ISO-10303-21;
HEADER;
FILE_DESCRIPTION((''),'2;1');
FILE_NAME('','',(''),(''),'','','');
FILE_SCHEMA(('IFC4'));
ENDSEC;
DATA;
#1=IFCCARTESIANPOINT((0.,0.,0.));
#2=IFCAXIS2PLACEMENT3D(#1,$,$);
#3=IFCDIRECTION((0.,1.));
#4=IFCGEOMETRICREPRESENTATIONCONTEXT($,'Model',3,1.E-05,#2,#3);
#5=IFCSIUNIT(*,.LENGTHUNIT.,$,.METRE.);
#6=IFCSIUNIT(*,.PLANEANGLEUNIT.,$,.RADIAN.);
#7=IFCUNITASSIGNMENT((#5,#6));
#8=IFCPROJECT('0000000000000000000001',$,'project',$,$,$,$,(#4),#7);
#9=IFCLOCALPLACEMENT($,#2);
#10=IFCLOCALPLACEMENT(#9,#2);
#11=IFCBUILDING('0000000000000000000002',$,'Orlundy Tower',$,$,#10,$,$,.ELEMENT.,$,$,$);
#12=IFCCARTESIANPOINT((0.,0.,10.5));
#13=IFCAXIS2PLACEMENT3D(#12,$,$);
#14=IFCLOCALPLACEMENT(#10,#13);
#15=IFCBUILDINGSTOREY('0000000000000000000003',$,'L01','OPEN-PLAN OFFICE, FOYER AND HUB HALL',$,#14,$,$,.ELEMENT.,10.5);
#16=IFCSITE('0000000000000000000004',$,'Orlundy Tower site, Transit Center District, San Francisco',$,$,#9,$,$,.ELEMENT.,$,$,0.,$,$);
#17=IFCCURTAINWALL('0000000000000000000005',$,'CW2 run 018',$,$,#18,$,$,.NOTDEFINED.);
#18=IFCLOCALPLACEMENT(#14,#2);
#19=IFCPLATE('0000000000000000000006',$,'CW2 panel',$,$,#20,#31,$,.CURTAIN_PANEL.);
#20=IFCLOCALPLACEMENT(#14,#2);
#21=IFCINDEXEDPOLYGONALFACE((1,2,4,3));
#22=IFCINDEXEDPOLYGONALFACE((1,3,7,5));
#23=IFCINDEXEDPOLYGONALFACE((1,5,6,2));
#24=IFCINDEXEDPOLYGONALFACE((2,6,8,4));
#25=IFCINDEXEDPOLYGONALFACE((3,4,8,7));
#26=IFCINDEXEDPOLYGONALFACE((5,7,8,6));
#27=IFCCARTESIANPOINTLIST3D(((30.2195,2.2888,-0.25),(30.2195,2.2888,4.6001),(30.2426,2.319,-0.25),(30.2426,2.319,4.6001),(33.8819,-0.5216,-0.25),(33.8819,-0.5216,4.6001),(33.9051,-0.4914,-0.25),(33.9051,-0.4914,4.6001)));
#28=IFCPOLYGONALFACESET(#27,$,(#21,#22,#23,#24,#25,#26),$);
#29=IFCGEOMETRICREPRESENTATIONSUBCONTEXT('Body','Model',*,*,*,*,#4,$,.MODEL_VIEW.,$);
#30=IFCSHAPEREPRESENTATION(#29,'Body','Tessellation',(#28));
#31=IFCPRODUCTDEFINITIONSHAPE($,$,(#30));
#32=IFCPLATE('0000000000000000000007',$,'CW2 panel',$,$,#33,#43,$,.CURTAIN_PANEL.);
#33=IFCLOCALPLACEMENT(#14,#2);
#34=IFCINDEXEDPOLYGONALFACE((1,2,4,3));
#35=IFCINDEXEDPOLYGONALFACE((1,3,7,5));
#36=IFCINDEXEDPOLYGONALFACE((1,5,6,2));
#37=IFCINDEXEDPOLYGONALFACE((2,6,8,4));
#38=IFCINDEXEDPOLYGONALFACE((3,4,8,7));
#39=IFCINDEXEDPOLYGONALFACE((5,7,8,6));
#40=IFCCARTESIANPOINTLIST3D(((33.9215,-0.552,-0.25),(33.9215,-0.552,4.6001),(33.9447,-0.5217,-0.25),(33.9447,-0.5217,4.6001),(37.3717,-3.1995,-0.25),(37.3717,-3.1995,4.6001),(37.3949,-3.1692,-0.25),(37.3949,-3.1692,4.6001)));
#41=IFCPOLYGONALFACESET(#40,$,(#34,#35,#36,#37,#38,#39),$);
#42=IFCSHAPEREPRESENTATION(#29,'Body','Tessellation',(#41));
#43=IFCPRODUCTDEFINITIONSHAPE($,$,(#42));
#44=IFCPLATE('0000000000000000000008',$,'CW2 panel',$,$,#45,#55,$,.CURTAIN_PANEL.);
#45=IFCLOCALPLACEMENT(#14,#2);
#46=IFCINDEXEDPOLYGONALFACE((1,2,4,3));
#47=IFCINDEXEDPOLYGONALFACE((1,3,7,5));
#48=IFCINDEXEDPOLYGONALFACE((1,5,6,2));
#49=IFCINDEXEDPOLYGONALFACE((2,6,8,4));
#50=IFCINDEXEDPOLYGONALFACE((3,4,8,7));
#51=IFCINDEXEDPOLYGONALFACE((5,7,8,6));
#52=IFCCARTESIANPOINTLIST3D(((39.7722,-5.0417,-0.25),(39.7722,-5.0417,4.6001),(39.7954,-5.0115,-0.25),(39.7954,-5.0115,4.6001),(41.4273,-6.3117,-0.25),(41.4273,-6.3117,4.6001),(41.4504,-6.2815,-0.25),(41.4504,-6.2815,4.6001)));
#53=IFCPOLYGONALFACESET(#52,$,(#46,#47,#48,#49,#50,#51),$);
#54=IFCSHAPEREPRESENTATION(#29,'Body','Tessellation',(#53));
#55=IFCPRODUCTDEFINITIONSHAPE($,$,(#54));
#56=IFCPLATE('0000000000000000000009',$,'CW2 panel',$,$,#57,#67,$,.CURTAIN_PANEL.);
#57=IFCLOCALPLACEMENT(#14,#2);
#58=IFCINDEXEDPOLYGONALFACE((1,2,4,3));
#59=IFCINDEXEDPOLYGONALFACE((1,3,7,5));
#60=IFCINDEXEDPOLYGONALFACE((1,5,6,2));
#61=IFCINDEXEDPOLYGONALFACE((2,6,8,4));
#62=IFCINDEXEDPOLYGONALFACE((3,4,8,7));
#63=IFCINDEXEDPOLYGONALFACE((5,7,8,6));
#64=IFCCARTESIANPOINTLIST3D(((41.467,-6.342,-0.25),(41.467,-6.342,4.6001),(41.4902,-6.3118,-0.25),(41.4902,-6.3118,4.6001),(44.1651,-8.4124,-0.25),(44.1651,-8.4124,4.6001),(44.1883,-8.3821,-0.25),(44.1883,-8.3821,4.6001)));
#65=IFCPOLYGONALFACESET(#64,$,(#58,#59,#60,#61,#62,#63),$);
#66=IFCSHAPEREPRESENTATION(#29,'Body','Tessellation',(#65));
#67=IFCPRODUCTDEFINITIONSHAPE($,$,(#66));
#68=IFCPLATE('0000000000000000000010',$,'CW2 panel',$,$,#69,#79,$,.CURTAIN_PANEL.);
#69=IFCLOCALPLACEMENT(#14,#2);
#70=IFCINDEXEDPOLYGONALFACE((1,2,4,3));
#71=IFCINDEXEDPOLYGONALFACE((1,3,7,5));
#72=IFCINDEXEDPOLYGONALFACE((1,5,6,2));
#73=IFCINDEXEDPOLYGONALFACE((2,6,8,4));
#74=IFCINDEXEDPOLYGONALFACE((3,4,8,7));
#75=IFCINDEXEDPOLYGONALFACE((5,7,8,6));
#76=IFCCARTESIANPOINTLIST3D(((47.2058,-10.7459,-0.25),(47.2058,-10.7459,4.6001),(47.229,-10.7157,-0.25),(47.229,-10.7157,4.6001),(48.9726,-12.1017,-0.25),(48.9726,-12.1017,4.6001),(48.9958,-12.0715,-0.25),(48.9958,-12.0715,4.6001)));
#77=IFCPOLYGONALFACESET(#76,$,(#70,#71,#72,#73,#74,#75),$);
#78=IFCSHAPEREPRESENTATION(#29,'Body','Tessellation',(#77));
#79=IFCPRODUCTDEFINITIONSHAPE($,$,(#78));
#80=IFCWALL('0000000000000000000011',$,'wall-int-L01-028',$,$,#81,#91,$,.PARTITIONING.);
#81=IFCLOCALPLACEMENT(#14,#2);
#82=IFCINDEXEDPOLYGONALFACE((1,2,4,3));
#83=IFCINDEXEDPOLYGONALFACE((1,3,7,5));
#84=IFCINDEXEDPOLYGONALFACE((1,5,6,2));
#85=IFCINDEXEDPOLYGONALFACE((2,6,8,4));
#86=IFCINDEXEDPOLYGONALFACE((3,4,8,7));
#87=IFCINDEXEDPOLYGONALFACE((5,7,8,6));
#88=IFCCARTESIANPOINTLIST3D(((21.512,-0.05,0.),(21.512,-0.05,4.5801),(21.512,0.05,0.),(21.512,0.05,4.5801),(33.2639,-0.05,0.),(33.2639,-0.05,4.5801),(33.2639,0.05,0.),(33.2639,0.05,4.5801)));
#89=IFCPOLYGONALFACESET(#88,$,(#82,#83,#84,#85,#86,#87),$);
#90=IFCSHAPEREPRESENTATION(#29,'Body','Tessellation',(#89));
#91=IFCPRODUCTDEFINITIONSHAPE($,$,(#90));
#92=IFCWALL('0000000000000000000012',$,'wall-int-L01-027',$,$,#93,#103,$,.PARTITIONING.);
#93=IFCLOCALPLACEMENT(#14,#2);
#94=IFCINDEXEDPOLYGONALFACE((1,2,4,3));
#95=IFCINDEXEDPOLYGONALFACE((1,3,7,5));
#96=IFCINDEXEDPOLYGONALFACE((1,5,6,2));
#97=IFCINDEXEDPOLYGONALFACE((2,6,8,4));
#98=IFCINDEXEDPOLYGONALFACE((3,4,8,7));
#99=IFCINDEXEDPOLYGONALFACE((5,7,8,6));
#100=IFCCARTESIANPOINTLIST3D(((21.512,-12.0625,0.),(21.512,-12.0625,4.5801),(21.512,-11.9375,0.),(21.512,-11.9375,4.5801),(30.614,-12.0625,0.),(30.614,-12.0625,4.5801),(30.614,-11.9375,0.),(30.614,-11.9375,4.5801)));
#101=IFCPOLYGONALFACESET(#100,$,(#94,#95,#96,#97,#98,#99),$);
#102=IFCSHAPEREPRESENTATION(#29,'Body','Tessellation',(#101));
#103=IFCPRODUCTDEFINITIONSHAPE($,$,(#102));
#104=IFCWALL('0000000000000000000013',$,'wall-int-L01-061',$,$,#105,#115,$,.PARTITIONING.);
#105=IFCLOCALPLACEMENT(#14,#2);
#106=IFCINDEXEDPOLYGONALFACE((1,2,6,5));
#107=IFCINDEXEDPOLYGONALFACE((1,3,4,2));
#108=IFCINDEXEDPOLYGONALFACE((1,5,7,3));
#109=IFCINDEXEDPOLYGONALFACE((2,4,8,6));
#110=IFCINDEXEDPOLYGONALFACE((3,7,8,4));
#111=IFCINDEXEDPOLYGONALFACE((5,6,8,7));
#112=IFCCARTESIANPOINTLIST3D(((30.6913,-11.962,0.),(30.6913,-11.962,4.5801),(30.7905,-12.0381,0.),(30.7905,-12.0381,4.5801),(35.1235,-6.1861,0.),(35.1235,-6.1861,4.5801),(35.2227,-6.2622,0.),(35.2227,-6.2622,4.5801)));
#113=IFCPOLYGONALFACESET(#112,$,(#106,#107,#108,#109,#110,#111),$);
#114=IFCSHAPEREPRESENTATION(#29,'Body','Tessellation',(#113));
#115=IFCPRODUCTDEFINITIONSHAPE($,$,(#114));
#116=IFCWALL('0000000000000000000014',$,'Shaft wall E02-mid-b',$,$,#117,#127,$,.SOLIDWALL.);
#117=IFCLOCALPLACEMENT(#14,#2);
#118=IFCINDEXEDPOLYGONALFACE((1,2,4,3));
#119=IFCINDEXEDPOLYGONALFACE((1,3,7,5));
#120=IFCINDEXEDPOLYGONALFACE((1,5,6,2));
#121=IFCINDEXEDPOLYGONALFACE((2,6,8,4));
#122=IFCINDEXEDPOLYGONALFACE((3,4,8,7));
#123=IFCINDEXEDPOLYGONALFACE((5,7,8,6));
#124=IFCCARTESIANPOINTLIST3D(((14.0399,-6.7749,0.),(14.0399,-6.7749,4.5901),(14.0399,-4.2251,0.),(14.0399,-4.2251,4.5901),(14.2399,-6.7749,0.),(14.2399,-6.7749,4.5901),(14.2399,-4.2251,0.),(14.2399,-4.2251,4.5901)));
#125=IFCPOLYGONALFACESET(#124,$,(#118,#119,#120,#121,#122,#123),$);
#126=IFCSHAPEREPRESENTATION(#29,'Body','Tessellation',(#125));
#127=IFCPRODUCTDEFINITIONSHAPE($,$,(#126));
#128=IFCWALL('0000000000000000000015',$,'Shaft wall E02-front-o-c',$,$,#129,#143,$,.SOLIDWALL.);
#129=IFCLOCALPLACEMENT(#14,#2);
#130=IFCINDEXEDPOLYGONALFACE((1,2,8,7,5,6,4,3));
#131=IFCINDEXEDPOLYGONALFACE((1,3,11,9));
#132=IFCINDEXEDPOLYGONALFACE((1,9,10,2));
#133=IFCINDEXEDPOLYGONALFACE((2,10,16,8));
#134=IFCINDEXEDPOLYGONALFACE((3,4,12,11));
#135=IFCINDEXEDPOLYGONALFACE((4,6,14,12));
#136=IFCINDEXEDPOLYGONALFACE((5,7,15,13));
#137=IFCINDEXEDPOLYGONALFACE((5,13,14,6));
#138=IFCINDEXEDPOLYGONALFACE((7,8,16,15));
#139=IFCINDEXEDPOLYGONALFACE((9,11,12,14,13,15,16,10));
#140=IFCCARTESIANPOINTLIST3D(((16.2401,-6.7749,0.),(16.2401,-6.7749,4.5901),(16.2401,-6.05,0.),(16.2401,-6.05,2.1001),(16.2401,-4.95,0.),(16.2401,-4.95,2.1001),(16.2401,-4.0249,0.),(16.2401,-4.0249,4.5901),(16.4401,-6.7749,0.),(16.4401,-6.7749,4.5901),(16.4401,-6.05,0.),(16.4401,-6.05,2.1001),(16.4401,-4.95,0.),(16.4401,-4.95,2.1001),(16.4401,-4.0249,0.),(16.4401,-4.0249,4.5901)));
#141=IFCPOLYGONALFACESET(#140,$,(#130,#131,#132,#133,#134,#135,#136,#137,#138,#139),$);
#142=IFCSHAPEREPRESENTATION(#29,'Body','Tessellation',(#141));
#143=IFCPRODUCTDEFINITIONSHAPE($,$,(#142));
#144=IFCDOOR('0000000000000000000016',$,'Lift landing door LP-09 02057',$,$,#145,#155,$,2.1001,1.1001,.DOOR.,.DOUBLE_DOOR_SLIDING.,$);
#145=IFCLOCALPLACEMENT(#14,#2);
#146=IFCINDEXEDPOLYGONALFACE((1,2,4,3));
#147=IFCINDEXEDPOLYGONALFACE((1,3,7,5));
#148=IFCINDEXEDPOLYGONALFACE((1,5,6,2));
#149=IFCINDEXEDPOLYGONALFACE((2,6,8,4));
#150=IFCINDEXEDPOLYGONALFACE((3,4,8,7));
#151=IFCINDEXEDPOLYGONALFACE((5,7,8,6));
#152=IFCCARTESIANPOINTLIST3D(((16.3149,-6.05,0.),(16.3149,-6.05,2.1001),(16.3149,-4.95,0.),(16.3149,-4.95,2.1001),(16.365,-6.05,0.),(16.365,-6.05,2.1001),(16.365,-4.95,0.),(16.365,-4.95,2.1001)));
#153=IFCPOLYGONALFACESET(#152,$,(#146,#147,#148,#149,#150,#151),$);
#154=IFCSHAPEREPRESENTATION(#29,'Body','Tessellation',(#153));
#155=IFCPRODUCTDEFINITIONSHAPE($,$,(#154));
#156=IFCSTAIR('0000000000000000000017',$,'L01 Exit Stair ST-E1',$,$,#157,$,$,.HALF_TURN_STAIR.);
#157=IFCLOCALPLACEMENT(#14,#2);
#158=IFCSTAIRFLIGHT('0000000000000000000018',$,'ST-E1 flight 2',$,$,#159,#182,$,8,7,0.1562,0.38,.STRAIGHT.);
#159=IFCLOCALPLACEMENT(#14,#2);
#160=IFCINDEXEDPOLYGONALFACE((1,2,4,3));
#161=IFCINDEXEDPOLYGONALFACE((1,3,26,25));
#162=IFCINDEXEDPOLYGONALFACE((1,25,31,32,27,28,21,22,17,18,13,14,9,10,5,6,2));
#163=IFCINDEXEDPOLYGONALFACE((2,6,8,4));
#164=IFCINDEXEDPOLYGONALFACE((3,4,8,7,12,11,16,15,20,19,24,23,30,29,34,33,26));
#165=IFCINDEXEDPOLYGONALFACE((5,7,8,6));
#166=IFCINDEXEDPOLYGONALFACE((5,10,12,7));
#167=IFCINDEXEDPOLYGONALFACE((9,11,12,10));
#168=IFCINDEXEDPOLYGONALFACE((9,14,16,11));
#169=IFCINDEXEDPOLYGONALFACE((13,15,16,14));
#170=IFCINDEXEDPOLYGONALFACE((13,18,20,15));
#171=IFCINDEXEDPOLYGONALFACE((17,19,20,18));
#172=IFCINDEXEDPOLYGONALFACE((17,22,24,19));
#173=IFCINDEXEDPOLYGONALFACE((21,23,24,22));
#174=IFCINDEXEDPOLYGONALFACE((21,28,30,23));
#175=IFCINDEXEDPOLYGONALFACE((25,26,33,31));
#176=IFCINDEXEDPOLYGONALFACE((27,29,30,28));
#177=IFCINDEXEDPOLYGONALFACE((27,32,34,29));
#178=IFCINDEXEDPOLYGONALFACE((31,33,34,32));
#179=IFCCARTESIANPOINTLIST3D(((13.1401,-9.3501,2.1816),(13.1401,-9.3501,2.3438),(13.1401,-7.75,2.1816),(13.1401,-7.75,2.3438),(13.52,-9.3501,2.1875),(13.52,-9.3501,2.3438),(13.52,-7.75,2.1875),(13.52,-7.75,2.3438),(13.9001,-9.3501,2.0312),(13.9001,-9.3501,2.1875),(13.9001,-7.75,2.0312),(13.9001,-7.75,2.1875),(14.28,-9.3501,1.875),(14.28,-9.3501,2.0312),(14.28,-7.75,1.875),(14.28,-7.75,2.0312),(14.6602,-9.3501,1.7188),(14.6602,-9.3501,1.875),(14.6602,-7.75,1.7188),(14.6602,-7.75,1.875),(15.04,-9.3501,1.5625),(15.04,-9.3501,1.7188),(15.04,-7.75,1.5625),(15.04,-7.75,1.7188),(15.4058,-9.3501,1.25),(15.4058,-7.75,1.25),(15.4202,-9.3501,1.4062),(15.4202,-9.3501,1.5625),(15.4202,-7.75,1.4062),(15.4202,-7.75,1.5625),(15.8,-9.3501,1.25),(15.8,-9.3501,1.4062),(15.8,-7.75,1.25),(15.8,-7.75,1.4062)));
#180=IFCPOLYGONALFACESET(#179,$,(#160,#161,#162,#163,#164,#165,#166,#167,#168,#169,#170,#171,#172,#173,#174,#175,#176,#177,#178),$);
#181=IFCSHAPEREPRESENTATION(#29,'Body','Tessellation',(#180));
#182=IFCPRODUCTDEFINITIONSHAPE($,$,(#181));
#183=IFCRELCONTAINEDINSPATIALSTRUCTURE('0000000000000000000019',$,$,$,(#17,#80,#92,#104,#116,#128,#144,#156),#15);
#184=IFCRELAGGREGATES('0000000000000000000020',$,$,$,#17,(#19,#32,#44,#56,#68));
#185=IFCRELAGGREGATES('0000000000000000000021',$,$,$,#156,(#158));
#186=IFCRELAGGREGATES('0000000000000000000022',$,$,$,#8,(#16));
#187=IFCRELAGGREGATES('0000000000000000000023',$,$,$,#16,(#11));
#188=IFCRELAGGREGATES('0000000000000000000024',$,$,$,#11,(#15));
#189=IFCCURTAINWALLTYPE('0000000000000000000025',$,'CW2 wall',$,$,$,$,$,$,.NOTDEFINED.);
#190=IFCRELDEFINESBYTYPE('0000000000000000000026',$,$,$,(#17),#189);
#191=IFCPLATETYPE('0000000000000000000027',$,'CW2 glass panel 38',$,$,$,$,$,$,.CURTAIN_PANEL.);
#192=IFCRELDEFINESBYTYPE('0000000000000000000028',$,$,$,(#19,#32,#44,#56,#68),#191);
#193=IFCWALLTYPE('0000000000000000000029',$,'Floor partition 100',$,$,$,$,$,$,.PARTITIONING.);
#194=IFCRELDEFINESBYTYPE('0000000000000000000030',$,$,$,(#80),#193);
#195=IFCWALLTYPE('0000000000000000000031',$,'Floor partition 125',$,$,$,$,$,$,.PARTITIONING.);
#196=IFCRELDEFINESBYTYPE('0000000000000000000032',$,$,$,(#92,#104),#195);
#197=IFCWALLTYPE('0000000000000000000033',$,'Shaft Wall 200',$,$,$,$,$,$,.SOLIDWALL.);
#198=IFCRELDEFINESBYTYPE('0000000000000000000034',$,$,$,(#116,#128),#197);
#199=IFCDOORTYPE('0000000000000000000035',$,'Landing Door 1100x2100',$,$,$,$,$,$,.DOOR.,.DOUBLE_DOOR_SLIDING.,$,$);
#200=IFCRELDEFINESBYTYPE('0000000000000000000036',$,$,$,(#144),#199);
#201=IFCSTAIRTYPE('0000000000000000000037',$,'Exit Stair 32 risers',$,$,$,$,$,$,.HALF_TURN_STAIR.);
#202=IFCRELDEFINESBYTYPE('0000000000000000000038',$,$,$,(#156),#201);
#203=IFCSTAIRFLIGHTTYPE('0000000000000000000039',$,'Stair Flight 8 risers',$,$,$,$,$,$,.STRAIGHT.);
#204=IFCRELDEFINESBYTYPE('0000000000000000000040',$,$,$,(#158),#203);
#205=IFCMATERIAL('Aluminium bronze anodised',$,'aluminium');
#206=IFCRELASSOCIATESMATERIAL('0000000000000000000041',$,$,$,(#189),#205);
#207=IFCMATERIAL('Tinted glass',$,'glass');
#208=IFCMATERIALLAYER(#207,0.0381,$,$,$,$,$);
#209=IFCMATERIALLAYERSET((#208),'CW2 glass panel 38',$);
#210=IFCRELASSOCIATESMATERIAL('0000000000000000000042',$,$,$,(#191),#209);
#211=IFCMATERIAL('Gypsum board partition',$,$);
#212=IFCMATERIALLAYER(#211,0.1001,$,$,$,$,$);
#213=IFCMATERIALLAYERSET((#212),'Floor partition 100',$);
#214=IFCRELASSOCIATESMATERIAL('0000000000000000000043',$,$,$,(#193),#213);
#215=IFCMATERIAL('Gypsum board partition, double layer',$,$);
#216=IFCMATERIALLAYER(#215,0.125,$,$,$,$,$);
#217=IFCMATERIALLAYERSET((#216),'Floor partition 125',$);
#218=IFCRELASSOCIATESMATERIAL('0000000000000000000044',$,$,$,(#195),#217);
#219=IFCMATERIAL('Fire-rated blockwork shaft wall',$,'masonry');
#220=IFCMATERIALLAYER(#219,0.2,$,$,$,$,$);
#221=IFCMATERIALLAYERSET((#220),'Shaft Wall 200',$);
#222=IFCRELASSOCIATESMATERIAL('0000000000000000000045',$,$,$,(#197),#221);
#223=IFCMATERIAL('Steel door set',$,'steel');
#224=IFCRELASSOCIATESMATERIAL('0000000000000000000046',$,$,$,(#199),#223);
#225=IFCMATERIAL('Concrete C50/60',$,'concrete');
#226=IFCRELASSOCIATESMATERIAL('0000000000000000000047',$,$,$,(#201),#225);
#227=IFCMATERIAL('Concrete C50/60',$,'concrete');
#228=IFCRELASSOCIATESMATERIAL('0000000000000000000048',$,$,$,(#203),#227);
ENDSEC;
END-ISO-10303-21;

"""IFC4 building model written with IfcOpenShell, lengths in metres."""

from ifc_helpers import new_model, si_unit, direction, frame, frame_2d, origin, origin_2d, place, context, subcontext, project, spatial, polyline, rectangle, outline, extrude, material, layer, layer_set, type_object, element, fill, aggregate, save


model = new_model("IFC4")

# Units and contexts
model_context = context("Model", 3, precision=1e-05, world=origin(), true_north=direction((0.0, 1.0)))
body_context = subcontext(model_context, "Body", "Model", "MODEL_VIEW")
ifc_project = project(units=[si_unit("LENGTHUNIT", "METRE"), si_unit("PLANEANGLEUNIT", "RADIAN")], contexts=[model_context])

# Site, building, storey
site_placement = place(None, origin())
site = spatial("IfcSite", under=ifc_project, at=site_placement, Name="Orlundy Tower site, Transit Center District, San Francisco", CompositionType="ELEMENT", RefElevation=0.0)
building_placement = place(site_placement, origin())
building = spatial("IfcBuilding", under=site, at=building_placement, Name="Orlundy Tower", CompositionType="ELEMENT")
storey_placement = place(building_placement, frame((0.0, 0.0, 10.5)))
storey = spatial("IfcBuildingStorey", under=building, at=storey_placement, Name="L01", Description="OPEN-PLAN OFFICE, FOYER AND HUB HALL", CompositionType="ELEMENT", Elevation=10.5)

# Curtain wall, plates
ifc_material_1 = material(Name="Aluminium bronze anodised", Category="aluminium")
curtain_wall_type = type_object("IfcCurtainWallType", Name="CW2 wall", PredefinedType="NOTDEFINED", material=ifc_material_1)
curtain_wall_placement = place(storey_placement, origin())
curtain_wall = element("IfcCurtainWall", 1, at=curtain_wall_placement, inside=storey, type_object=curtain_wall_type, Name="CW2 run 018", PredefinedType="NOTDEFINED")
ifc_material_2 = material(Name="Tinted glass", Category="glass")
ifc_layer_1 = layer(ifc_material_2, 0.0381)
ifc_layer_set_1 = layer_set([ifc_layer_1], Name="CW2 glass panel 38")
plate_type = type_object("IfcPlateType", Name="CW2 glass panel 38", PredefinedType="CURTAIN_PANEL", material=ifc_layer_set_1)
plate_1_placement = place(storey_placement, frame((32.0623, 0.8987, -0.25), z_axis=(0.0, 0.0, 1.0), x_axis=(0.79334, -0.608779, 0.0)))
plate_1 = element("IfcPlate", 2, at=plate_1_placement, type_object=plate_type, Name="CW2 panel", PredefinedType="CURTAIN_PANEL", context=body_context, shape_type="SweptSolid", body=[
    extrude(rectangle(XDim=4.6165, YDim=0.0381, at=origin_2d()), origin(), (0.0, 0.0, 1.0), 4.8501),
])
plate_2_placement = place(storey_placement, frame((35.6582, -1.8606, -0.25), z_axis=(0.0, 0.0, 1.0), x_axis=(0.79334, -0.608779, 0.0)))
plate_2 = element("IfcPlate", 3, at=plate_2_placement, type_object=plate_type, Name="CW2 panel", PredefinedType="CURTAIN_PANEL", context=body_context, shape_type="SweptSolid", body=[
    extrude(rectangle(XDim=4.3489, YDim=0.0381, at=origin_2d()), origin(), (0.0, 0.0, 1.0), 4.8501),
])
plate_3_placement = place(storey_placement, frame((40.6113, -5.6616, -0.25), z_axis=(0.0, 0.0, 1.0), x_axis=(0.79334, -0.608779, 0.0)))
plate_3 = element("IfcPlate", 4, at=plate_3_placement, type_object=plate_type, Name="CW2 panel", PredefinedType="CURTAIN_PANEL", context=body_context, shape_type="SweptSolid", body=[
    extrude(rectangle(XDim=2.0862, YDim=0.0381, at=origin_2d()), origin(), (0.0, 0.0, 1.0), 4.8501),
])
plate_4_placement = place(storey_placement, frame((42.8276, -7.3621, -0.25), z_axis=(0.0, 0.0, 1.0), x_axis=(0.79334, -0.608779, 0.0)))
plate_4 = element("IfcPlate", 5, at=plate_4_placement, type_object=plate_type, Name="CW2 panel", PredefinedType="CURTAIN_PANEL", context=body_context, shape_type="SweptSolid", body=[
    extrude(rectangle(XDim=3.4009, YDim=0.0381, at=origin_2d()), origin(), (0.0, 0.0, 1.0), 4.8501),
])
plate_5_placement = place(storey_placement, frame((48.1008, -11.4087, -0.25), z_axis=(0.0, 0.0, 1.0), x_axis=(0.79334, -0.608779, 0.0)))
plate_5 = element("IfcPlate", 6, at=plate_5_placement, type_object=plate_type, Name="CW2 panel", PredefinedType="CURTAIN_PANEL", context=body_context, shape_type="SweptSolid", body=[
    extrude(rectangle(XDim=2.2271, YDim=0.0381, at=origin_2d()), origin(), (0.0, 0.0, 1.0), 4.8501),
])
aggregate(curtain_wall, [plate_1, plate_2, plate_3, plate_4, plate_5])

# Walls
ifc_material_3 = material(Name="Gypsum board partition")
ifc_layer_2 = layer(ifc_material_3, 0.1001)
ifc_layer_set_2 = layer_set([ifc_layer_2], Name="Floor partition 100")
wall_type_1 = type_object("IfcWallType", Name="Floor partition 100", PredefinedType="PARTITIONING", material=ifc_layer_set_2)
wall_1_placement = place(storey_placement, frame((21.512, 0.0, 0.0), z_axis=(0.0, 0.0, 1.0), x_axis=(1.0, 0.0, 0.0)))
element("IfcWall", 7, at=wall_1_placement, inside=storey, type_object=wall_type_1, Name="wall-int-L01-028", PredefinedType="PARTITIONING", context=body_context, shape_type="SweptSolid", body=[
    extrude(rectangle(XDim=11.752, YDim=0.1001, at=frame_2d((5.876, 0.0))), origin(), (0.0, 0.0, 1.0), 4.5801),
])
ifc_material_4 = material(Name="Gypsum board partition, double layer")
ifc_layer_3 = layer(ifc_material_4, 0.125)
ifc_layer_set_3 = layer_set([ifc_layer_3], Name="Floor partition 125")
wall_type_2 = type_object("IfcWallType", Name="Floor partition 125", PredefinedType="PARTITIONING", material=ifc_layer_set_3)
wall_2_placement = place(storey_placement, frame((21.512, -12.0, 0.0), z_axis=(0.0, 0.0, 1.0), x_axis=(1.0, 0.0, 0.0)))
element("IfcWall", 8, at=wall_2_placement, inside=storey, type_object=wall_type_2, Name="wall-int-L01-027", PredefinedType="PARTITIONING", context=body_context, shape_type="SweptSolid", body=[
    extrude(rectangle(XDim=9.1021, YDim=0.125, at=frame_2d((4.551, 0.0))), origin(), (0.0, 0.0, 1.0), 4.5801),
])
wall_3_placement = place(storey_placement, frame((30.741, -12.0, 0.0), z_axis=(0.0, 0.0, 1.0), x_axis=(0.608774, 0.793344, 0.0)))
element("IfcWall", 9, at=wall_3_placement, inside=storey, type_object=wall_type_2, Name="wall-int-L01-061", PredefinedType="PARTITIONING", context=body_context, shape_type="SweptSolid", body=[
    extrude(rectangle(XDim=7.2805, YDim=0.125, at=frame_2d((3.6401, 0.0))), origin(), (0.0, 0.0, 1.0), 4.5801),
])
ifc_material_5 = material(Name="Fire-rated blockwork shaft wall", Category="masonry")
ifc_layer_4 = layer(ifc_material_5, 0.2)
ifc_layer_set_4 = layer_set([ifc_layer_4], Name="Shaft Wall 200")
wall_type_3 = type_object("IfcWallType", Name="Shaft Wall 200", PredefinedType="SOLIDWALL", material=ifc_layer_set_4)
wall_4_placement = place(storey_placement, frame((14.1399, -4.2251, 0.0), z_axis=(0.0, 0.0, 1.0), x_axis=(0.0, -1.0, 0.0)))
element("IfcWall", 10, at=wall_4_placement, inside=storey, type_object=wall_type_3, Name="Shaft wall E02-mid-b", PredefinedType="SOLIDWALL", context=body_context, shape_type="SweptSolid", body=[
    extrude(rectangle(XDim=2.5498, YDim=0.2, at=frame_2d((1.2749, 0.0))), origin(), (0.0, 0.0, 1.0), 4.5901),
])

# Wall, opening, door
wall_5_placement = place(storey_placement, frame((16.3401, -4.0249, 0.0), z_axis=(0.0, 0.0, 1.0), x_axis=(0.0, -1.0, 0.0)))
wall_5 = element("IfcWall", 11, at=wall_5_placement, inside=storey, type_object=wall_type_3, Name="Shaft wall E02-front-o-c", PredefinedType="SOLIDWALL", context=body_context, shape_type="SweptSolid", body=[
    extrude(rectangle(XDim=2.75, YDim=0.2, at=frame_2d((1.375, 0.0))), origin(), (0.0, 0.0, 1.0), 4.5901),
])
opening_placement = place(wall_5_placement, frame((0.925, 0.0, 0.0)))
opening = element("IfcOpeningElement", 12, at=opening_placement, cuts=wall_5, PredefinedType="OPENING", context=body_context, shape_type="SweptSolid", body=[
    extrude(rectangle(XDim=1.1001, YDim=2.1001, at=frame_2d((0.55, 1.05))), frame((0.0, 0.1101, 0.0), z_axis=(0.0, -1.0, 0.0), x_axis=(1.0, 0.0, 0.0)), (0.0, 0.0, 1.0), 0.2202),
])
ifc_material_6 = material(Name="Steel door set", Category="steel")
door_type = type_object("IfcDoorType", Name="Landing Door 1100x2100", OperationType="DOUBLE_DOOR_SLIDING", PredefinedType="DOOR", material=ifc_material_6)
door_placement = place(opening_placement, origin())
door = element("IfcDoor", 13, at=door_placement, inside=storey, type_object=door_type, Name="Lift landing door LP-09 02057", OperationType="DOUBLE_DOOR_SLIDING", OverallHeight=2.1001, OverallWidth=1.1001, PredefinedType="DOOR", context=body_context, shape_type="SweptSolid", body=[
    extrude(rectangle(XDim=1.1001, YDim=2.1001, at=frame_2d((0.55, 1.05))), frame((0.0, 0.0249, 0.0), z_axis=(0.0, -1.0, 0.0), x_axis=(1.0, 0.0, 0.0)), (0.0, 0.0, 1.0), 0.05),
])
fill(opening, door)

# Stair, stair flight
ifc_material_7 = material(Name="Concrete C50/60", Category="concrete")
stair_type = type_object("IfcStairType", Name="Exit Stair 32 risers", PredefinedType="HALF_TURN_STAIR", material=ifc_material_7)
stair_placement = place(storey_placement, origin())
stair = element("IfcStair", 14, at=stair_placement, inside=storey, type_object=stair_type, Name="L01 Exit Stair ST-E1", PredefinedType="HALF_TURN_STAIR")
ifc_material_8 = material(Name="Concrete C50/60", Category="concrete")
stair_flight_type = type_object("IfcStairFlightType", Name="Stair Flight 8 risers", PredefinedType="STRAIGHT", material=ifc_material_8)
stair_flight_1_placement = place(storey_placement, frame((15.8, -8.55, 1.25), z_axis=(0.0, 0.0, 1.0), x_axis=(-1.0, 0.0, 0.0)))
stair_flight_1 = element("IfcStairFlight", 15, at=stair_flight_1_placement, type_object=stair_flight_type, Name="ST-E1 flight 2", NumberOfRisers=8, NumberOfTreads=7, PredefinedType="STRAIGHT", RiserHeight=0.1562, TreadLength=0.38, context=body_context, shape_type="SweptSolid", body=[
    extrude(outline(polyline([(0.0, 0.0), (0.0, 0.1562), (0.3799, 0.1562), (0.3799, 0.3125), (0.76, 0.3125), (0.76, 0.4688), (1.1399, 0.4688), (1.1399, 0.625), (1.52, 0.625), (1.52, 0.7812), (1.8999, 0.7812), (1.8999, 0.9375), (2.28, 0.9375), (2.28, 1.0938), (2.6599, 1.0938), (2.6599, 1.25), (2.6599, 0.9316), (0.3943, 0.0), (0.0, 0.0)])), frame((0.0, 0.8, 0.0), z_axis=(0.0, -1.0, 0.0), x_axis=(1.0, 0.0, 0.0)), (0.0, 0.0, 1.0), 1.6001),
])
aggregate(stair, [stair_flight_1])

save(model, "model.ifc")
